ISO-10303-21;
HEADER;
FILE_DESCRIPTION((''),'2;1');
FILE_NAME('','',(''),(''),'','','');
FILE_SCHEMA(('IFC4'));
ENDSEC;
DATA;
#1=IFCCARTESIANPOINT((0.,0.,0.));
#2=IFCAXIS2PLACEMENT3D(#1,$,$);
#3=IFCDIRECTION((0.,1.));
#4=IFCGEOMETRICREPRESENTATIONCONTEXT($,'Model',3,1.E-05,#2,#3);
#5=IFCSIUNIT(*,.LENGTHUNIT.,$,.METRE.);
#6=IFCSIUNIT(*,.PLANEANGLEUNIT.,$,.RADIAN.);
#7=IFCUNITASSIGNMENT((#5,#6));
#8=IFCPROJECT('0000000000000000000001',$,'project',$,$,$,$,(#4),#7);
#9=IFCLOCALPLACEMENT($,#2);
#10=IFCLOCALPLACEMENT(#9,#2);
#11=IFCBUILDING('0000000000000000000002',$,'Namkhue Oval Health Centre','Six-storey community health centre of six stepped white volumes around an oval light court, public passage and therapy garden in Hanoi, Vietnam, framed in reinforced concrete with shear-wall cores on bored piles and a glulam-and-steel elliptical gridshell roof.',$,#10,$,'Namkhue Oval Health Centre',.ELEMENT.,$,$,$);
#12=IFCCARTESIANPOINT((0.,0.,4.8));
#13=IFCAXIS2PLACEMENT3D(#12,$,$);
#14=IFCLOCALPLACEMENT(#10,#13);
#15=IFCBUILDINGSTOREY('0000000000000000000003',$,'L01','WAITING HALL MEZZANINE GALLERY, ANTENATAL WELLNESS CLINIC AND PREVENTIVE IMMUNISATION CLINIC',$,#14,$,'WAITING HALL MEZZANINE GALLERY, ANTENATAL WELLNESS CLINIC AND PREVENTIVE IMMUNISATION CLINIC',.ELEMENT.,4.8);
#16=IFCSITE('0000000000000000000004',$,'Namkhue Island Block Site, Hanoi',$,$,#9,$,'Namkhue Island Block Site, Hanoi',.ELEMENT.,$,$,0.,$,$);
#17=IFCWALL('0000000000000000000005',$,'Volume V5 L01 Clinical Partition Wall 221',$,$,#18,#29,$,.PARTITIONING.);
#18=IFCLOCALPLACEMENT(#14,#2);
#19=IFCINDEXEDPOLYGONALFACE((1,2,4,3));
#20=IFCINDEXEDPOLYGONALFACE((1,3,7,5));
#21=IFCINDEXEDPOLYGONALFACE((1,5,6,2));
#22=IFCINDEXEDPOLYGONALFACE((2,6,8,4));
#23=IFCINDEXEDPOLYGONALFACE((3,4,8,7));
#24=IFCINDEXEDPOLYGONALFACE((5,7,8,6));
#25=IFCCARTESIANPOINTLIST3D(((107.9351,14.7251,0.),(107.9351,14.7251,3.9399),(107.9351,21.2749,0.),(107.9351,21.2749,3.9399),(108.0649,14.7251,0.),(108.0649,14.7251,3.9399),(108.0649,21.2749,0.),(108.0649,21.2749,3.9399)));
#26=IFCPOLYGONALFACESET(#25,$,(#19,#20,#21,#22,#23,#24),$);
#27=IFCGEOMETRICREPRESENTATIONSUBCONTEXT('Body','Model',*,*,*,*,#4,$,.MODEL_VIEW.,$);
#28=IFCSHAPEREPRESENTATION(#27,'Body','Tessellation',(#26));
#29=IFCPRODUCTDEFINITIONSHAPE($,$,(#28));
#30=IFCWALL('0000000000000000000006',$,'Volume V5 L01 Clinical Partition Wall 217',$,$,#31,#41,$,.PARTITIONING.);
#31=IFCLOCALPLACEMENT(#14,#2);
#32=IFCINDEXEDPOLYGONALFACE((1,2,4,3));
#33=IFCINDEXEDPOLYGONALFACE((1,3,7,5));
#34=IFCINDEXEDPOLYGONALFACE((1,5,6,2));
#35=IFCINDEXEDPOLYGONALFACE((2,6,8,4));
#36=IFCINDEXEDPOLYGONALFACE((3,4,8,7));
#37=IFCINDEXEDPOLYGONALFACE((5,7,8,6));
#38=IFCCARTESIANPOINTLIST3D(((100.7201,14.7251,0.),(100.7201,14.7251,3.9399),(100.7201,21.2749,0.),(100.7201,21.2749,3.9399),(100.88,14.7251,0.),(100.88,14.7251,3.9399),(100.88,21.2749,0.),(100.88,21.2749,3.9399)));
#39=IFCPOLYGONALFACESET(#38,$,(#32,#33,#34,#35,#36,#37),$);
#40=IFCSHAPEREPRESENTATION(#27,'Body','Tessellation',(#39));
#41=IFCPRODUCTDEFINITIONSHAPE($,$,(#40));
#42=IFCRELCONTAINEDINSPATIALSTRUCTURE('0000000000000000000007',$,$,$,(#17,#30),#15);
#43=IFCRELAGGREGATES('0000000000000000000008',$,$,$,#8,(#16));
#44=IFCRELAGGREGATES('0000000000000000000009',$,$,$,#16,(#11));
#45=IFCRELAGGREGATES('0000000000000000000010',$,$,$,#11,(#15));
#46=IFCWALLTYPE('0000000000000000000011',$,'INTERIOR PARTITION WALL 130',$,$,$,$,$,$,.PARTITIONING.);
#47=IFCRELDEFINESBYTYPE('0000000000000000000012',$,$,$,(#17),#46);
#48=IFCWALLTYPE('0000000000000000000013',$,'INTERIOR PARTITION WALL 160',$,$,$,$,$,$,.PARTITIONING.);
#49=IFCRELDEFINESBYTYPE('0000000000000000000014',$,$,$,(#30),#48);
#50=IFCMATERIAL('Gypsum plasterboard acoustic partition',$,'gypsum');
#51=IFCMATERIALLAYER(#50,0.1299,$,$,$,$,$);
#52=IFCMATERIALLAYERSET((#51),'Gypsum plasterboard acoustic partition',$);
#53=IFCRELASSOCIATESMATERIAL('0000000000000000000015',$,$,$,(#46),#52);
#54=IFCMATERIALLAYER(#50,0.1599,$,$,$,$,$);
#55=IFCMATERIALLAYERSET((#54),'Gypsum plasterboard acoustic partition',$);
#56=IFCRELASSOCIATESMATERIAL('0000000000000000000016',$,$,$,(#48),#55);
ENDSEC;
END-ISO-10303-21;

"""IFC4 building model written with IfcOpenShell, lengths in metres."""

from ifc_helpers import new_model, si_unit, direction, frame, frame_2d, origin, place, context, subcontext, project, spatial, rectangle, extrude, material, layer, layer_set, type_object, element, save


model = new_model("IFC4")

# Units and contexts
model_context = context("Model", 3, precision=1e-05, world=origin(), true_north=direction((0.0, 1.0)))
body_context = subcontext(model_context, "Body", "Model", "MODEL_VIEW")
ifc_project = project(units=[si_unit("LENGTHUNIT", "METRE"), si_unit("PLANEANGLEUNIT", "RADIAN")], contexts=[model_context])

# Site, building, storey
site_placement = place(None, origin())
site = spatial("IfcSite", under=ifc_project, at=site_placement, Name="Namkhue Island Block Site, Hanoi", LongName="Namkhue Island Block Site, Hanoi", CompositionType="ELEMENT", RefElevation=0.0)
building_placement = place(site_placement, origin())
building = spatial("IfcBuilding", under=site, at=building_placement, Name="Namkhue Oval Health Centre", Description="Six-storey community health centre of six stepped white volumes around an oval light court, public passage and therapy garden in Hanoi, Vietnam, framed in reinforced concrete with shear-wall cores on bored piles and a glulam-and-steel elliptical gridshell roof.", LongName="Namkhue Oval Health Centre", CompositionType="ELEMENT")
storey_placement = place(building_placement, frame((0.0, 0.0, 4.8)))
storey = spatial("IfcBuildingStorey", under=building, at=storey_placement, Name="L01", Description="WAITING HALL MEZZANINE GALLERY, ANTENATAL WELLNESS CLINIC AND PREVENTIVE IMMUNISATION CLINIC", LongName="WAITING HALL MEZZANINE GALLERY, ANTENATAL WELLNESS CLINIC AND PREVENTIVE IMMUNISATION CLINIC", CompositionType="ELEMENT", Elevation=4.8)

# Walls
ifc_material_1 = material(Name="Gypsum plasterboard acoustic partition", Category="gypsum")
ifc_layer_1 = layer(ifc_material_1, 0.1299)
ifc_layer_set_1 = layer_set([ifc_layer_1], Name="Gypsum plasterboard acoustic partition")
wall_type_1 = type_object("IfcWallType", Name="INTERIOR PARTITION WALL 130", PredefinedType="PARTITIONING", material=ifc_layer_set_1)
wall_1_placement = place(storey_placement, frame((108.0, 14.7251, 0.0), z_axis=(0.0, 0.0, 1.0), x_axis=(0.0, 1.0, 0.0)))
element("IfcWall", 1, at=wall_1_placement, inside=storey, type_object=wall_type_1, Name="Volume V5 L01 Clinical Partition Wall 221", PredefinedType="PARTITIONING", context=body_context, shape_type="SweptSolid", body=[
    extrude(rectangle(XDim=6.5498, YDim=0.1299, at=frame_2d((3.2749, 0.0))), origin(), (0.0, 0.0, 1.0), 3.9399),
])
ifc_layer_2 = layer(ifc_material_1, 0.1599)
ifc_layer_set_2 = layer_set([ifc_layer_2], Name="Gypsum plasterboard acoustic partition")
wall_type_2 = type_object("IfcWallType", Name="INTERIOR PARTITION WALL 160", PredefinedType="PARTITIONING", material=ifc_layer_set_2)
wall_2_placement = place(storey_placement, frame((100.8, 14.7251, 0.0), z_axis=(0.0, 0.0, 1.0), x_axis=(0.0, 1.0, 0.0)))
element("IfcWall", 2, at=wall_2_placement, inside=storey, type_object=wall_type_2, Name="Volume V5 L01 Clinical Partition Wall 217", PredefinedType="PARTITIONING", context=body_context, shape_type="SweptSolid", body=[
    extrude(rectangle(XDim=6.5498, YDim=0.1599, at=frame_2d((3.2749, 0.0))), origin(), (0.0, 0.0, 1.0), 3.9399),
])

save(model, "model.ifc")
